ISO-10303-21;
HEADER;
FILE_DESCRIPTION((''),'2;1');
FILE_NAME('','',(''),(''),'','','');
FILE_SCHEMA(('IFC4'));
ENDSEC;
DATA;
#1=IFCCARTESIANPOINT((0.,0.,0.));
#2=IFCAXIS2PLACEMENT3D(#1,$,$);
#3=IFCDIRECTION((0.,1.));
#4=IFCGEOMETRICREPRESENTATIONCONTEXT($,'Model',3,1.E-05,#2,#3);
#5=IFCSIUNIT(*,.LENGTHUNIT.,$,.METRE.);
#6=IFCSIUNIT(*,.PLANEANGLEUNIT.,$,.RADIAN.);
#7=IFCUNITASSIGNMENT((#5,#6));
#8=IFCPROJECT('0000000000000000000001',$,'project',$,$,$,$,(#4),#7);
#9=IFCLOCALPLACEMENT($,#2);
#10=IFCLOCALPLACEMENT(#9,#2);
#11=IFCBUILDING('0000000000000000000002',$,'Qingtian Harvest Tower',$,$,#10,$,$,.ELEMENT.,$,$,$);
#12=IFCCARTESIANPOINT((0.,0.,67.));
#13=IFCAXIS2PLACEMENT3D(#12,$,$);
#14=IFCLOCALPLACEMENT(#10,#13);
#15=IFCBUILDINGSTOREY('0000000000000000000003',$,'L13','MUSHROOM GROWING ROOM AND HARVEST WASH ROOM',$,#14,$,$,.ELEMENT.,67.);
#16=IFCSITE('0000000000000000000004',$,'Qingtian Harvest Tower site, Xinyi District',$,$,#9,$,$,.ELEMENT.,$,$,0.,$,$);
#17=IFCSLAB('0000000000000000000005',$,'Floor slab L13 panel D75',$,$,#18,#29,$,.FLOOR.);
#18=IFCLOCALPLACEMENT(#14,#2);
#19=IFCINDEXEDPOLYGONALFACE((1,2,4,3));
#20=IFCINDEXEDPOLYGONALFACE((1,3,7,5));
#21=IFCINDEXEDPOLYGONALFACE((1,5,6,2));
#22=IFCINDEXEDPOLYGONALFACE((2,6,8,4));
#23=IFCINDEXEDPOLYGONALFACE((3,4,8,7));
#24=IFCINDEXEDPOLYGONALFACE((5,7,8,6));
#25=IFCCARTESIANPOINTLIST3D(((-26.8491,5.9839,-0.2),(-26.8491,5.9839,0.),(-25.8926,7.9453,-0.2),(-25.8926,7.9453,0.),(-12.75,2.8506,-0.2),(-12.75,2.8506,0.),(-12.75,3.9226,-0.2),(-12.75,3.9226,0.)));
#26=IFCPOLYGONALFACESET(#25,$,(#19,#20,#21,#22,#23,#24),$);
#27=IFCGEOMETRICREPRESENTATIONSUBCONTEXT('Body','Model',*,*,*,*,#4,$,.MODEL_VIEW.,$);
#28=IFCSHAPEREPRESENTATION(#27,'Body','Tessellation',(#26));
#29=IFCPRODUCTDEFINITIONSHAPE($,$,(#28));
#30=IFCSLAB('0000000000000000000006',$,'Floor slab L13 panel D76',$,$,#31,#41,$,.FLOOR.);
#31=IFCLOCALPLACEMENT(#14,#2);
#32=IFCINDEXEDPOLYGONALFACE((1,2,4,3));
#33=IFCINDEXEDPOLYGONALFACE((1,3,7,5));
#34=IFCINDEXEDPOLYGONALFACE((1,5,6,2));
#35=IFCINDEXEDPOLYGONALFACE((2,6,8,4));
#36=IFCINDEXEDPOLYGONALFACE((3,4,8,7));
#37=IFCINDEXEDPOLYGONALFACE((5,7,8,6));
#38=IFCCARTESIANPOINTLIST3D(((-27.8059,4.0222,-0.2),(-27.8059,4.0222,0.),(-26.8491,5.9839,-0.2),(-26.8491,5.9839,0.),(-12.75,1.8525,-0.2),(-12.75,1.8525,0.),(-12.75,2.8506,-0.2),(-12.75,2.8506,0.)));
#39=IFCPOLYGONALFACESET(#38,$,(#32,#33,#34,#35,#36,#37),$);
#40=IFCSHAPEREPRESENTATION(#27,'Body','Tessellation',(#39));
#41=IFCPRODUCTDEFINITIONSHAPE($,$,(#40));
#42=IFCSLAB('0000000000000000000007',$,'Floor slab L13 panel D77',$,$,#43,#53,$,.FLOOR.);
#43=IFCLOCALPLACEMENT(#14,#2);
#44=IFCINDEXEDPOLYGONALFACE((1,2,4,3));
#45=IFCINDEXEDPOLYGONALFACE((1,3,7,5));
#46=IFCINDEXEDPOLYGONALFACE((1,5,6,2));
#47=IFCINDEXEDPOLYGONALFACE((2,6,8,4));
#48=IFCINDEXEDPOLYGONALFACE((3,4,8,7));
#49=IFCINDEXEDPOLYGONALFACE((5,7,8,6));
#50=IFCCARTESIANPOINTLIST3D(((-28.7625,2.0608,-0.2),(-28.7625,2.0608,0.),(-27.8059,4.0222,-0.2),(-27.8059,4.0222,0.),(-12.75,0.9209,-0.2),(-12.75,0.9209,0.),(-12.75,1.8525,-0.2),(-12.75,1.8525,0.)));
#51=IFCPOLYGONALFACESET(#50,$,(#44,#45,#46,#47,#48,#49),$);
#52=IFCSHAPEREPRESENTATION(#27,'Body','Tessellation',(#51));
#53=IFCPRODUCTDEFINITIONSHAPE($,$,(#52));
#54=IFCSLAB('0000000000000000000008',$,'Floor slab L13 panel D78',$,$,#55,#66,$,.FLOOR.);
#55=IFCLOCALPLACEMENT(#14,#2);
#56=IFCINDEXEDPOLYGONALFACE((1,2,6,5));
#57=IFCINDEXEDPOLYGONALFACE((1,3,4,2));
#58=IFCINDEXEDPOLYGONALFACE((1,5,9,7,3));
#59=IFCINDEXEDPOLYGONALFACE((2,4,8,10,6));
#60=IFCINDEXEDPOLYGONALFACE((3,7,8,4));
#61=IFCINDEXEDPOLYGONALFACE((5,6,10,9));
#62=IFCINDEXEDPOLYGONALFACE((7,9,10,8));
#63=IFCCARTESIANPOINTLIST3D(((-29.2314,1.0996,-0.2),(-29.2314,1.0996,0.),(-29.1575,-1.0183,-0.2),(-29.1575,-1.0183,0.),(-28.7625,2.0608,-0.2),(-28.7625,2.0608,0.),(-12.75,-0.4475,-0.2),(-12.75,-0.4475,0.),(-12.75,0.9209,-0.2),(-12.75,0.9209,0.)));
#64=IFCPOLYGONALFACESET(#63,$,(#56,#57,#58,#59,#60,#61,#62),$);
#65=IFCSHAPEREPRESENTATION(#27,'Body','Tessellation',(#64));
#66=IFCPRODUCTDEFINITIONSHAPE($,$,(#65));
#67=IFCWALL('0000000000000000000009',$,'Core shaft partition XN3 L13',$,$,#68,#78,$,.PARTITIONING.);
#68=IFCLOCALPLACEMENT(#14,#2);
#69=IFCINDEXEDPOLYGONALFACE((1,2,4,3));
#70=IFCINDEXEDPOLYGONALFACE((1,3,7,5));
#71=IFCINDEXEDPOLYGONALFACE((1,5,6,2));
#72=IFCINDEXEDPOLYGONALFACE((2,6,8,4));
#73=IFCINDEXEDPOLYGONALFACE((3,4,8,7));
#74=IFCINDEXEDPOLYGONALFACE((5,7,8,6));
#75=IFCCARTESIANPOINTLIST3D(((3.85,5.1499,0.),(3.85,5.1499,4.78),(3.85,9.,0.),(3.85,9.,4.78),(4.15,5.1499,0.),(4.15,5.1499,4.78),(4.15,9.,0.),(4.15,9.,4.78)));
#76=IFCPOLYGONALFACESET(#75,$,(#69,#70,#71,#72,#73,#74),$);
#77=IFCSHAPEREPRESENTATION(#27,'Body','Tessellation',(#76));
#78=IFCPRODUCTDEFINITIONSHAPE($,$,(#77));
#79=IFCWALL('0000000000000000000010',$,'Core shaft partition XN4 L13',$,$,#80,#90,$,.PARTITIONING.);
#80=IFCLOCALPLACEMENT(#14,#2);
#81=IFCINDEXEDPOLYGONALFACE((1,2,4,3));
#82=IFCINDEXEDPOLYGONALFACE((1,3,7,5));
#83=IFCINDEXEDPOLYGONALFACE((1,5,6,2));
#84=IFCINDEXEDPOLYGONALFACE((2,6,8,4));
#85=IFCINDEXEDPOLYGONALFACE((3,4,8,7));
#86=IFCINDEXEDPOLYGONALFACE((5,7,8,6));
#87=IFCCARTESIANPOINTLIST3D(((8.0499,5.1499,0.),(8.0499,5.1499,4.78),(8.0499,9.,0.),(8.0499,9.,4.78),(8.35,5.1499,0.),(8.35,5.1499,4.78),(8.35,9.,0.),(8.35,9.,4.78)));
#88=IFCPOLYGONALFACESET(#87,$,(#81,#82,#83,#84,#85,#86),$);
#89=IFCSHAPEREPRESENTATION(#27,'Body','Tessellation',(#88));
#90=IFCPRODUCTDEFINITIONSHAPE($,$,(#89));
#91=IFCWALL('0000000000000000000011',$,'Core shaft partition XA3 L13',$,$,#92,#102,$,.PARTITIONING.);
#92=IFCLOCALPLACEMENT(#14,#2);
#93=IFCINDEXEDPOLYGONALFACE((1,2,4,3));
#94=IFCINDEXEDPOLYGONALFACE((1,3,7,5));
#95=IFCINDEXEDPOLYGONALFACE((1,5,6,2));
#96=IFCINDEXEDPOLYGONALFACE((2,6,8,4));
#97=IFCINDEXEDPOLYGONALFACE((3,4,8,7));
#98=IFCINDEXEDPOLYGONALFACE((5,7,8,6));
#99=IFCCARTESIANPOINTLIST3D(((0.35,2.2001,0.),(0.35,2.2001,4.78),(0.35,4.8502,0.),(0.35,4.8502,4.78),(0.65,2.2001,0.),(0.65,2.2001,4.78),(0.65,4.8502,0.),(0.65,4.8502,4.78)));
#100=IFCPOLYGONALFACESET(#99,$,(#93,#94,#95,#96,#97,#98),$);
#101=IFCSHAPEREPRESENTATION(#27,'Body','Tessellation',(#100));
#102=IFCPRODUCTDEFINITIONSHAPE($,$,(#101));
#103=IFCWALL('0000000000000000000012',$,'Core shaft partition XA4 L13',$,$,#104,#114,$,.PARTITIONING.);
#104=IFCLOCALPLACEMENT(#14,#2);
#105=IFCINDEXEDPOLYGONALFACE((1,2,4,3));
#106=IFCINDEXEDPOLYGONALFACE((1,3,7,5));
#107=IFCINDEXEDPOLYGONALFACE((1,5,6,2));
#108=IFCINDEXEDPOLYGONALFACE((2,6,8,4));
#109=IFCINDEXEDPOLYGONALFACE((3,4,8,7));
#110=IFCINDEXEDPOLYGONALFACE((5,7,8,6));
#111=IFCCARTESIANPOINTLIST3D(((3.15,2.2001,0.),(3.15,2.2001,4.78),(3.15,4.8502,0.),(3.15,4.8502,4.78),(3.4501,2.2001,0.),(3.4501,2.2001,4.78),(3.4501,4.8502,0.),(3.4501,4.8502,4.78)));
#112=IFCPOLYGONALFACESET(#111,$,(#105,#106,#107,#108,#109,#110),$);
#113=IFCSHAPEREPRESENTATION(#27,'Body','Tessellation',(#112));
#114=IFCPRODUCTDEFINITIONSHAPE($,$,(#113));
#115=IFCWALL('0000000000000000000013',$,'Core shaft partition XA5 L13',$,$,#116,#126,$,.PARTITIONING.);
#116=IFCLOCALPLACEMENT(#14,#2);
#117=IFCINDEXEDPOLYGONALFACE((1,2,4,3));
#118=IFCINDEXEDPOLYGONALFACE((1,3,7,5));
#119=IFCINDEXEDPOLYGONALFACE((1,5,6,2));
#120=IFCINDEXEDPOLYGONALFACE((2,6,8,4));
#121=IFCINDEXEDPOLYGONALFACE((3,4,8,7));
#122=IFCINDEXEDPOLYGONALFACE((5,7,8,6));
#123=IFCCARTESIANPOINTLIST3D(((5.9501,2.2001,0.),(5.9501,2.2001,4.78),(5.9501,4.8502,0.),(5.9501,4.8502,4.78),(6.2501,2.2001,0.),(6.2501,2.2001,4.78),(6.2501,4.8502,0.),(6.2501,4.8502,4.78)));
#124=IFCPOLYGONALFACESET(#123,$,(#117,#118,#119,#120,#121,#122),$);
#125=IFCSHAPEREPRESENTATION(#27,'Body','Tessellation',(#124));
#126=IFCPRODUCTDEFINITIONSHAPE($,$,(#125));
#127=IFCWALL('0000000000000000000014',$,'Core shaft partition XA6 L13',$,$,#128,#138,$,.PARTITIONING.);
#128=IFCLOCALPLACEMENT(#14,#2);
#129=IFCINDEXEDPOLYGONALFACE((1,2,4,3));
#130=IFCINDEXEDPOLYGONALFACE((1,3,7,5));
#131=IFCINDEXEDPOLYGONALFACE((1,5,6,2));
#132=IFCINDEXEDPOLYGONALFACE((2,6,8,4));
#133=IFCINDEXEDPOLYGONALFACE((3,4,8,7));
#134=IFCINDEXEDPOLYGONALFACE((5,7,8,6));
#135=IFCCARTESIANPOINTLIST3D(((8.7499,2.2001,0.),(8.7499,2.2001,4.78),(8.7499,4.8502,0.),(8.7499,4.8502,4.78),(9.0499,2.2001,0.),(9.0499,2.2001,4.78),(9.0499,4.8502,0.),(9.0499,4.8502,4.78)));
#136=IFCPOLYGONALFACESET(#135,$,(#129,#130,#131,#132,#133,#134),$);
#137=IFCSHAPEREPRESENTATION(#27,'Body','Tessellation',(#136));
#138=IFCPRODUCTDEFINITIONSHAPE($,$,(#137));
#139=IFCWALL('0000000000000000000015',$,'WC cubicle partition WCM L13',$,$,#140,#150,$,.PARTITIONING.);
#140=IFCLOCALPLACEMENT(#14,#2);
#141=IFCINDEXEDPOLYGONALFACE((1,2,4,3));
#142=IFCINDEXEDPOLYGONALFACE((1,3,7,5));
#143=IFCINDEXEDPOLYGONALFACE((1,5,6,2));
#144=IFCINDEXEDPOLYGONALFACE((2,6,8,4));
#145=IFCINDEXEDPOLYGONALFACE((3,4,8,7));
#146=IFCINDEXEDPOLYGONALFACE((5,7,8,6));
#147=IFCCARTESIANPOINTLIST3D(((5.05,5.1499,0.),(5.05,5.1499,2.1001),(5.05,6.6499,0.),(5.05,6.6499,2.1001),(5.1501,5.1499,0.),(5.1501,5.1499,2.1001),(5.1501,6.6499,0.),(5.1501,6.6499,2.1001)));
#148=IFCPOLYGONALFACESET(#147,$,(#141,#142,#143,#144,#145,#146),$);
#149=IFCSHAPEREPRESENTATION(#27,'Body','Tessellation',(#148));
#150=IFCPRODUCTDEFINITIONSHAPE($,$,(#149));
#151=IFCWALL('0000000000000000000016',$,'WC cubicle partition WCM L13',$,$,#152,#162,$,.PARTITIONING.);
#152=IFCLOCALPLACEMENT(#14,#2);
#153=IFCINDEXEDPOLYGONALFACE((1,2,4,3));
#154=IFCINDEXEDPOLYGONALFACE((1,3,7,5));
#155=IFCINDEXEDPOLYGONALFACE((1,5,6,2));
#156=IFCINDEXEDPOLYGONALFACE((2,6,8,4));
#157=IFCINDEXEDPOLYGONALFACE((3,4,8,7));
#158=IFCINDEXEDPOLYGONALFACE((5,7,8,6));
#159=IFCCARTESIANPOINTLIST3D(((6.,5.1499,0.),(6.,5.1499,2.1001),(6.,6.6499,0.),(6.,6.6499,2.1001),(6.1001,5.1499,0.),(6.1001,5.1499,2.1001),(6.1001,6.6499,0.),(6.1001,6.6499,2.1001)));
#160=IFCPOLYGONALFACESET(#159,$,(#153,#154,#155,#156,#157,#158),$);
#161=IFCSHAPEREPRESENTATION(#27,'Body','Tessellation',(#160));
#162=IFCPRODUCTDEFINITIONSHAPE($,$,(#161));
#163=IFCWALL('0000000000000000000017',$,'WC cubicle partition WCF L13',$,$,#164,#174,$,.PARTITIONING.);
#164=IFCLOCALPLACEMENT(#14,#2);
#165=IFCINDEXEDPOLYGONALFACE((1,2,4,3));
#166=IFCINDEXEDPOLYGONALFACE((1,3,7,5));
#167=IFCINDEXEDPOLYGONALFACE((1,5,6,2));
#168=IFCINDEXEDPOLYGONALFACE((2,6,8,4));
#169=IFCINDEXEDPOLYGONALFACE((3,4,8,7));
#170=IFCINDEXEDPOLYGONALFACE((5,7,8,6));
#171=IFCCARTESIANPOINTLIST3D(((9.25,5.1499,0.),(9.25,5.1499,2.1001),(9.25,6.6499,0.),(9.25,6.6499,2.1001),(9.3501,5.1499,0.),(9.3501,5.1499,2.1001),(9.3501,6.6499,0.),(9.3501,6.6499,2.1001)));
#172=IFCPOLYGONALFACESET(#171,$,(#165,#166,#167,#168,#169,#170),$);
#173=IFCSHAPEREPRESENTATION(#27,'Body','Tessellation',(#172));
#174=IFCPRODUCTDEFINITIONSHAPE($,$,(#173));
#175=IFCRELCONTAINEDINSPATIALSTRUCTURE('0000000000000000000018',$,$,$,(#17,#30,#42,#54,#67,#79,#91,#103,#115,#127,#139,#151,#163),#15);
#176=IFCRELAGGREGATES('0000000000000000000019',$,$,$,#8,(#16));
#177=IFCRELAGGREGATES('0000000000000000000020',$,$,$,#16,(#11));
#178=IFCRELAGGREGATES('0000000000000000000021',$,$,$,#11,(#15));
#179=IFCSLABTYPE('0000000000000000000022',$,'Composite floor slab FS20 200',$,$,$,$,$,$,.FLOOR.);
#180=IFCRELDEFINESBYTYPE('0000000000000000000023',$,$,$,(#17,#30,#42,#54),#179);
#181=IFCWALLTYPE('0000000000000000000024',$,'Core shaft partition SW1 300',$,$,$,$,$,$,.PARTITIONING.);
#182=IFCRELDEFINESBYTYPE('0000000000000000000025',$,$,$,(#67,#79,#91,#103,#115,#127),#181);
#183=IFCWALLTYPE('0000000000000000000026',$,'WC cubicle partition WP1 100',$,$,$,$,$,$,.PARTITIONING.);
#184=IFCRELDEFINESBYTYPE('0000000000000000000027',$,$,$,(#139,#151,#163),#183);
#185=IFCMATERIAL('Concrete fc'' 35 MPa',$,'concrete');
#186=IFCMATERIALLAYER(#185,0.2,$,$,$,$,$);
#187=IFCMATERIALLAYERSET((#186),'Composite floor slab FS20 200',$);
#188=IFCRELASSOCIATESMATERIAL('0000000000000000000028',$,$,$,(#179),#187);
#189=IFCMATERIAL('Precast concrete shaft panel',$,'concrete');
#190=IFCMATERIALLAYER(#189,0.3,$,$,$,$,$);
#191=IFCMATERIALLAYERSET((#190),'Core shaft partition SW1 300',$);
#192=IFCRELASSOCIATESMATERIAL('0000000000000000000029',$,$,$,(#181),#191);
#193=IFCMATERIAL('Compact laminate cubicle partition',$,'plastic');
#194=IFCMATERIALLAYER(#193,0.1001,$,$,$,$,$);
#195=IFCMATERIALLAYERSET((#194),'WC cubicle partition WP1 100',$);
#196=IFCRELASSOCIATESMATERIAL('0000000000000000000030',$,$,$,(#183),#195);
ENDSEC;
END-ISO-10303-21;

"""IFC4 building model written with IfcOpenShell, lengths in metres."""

from ifc_helpers import new_model, si_unit, direction, frame, frame_2d, origin, place, context, subcontext, project, spatial, polyline, rectangle, outline, extrude, material, layer, layer_set, type_object, element, save


model = new_model("IFC4")

# Units and contexts
model_context = context("Model", 3, precision=1e-05, world=origin(), true_north=direction((0.0, 1.0)))
body_context = subcontext(model_context, "Body", "Model", "MODEL_VIEW")
ifc_project = project(units=[si_unit("LENGTHUNIT", "METRE"), si_unit("PLANEANGLEUNIT", "RADIAN")], contexts=[model_context])

# Site, building, storey
site_placement = place(None, origin())
site = spatial("IfcSite", under=ifc_project, at=site_placement, Name="Qingtian Harvest Tower site, Xinyi District", CompositionType="ELEMENT", RefElevation=0.0)
building_placement = place(site_placement, origin())
building = spatial("IfcBuilding", under=site, at=building_placement, Name="Qingtian Harvest Tower", CompositionType="ELEMENT")
storey_placement = place(building_placement, frame((0.0, 0.0, 67.0)))
storey = spatial("IfcBuildingStorey", under=building, at=storey_placement, Name="L13", Description="MUSHROOM GROWING ROOM AND HARVEST WASH ROOM", CompositionType="ELEMENT", Elevation=67.0)

# Slabs
ifc_material_1 = material(Name="Concrete fc' 35 MPa", Category="concrete")
ifc_layer_1 = layer(ifc_material_1, 0.2)
ifc_layer_set_1 = layer_set([ifc_layer_1], Name="Composite floor slab FS20 200")
slab_type = type_object("IfcSlabType", Name="Composite floor slab FS20 200", PredefinedType="FLOOR", material=ifc_layer_set_1)
slab_1_placement = place(storey_placement, frame((0.0, 0.0, -0.2)))
element("IfcSlab", 1, at=slab_1_placement, inside=storey, type_object=slab_type, Name="Floor slab L13 panel D75", PredefinedType="FLOOR", context=body_context, shape_type="SweptSolid", body=[
    extrude(outline(polyline([(-12.75, 2.8506), (-26.8491, 5.9839), (-25.8926, 7.9453), (-12.75, 3.9226), (-12.75, 2.8506)])), origin(), (0.0, 0.0, 1.0), 0.2),
])
slab_2_placement = place(storey_placement, frame((0.0, 0.0, -0.2)))
element("IfcSlab", 2, at=slab_2_placement, inside=storey, type_object=slab_type, Name="Floor slab L13 panel D76", PredefinedType="FLOOR", context=body_context, shape_type="SweptSolid", body=[
    extrude(outline(polyline([(-12.75, 1.8525), (-27.8059, 4.0222), (-26.8491, 5.9839), (-12.75, 2.8506), (-12.75, 1.8525)])), origin(), (0.0, 0.0, 1.0), 0.2),
])
slab_3_placement = place(storey_placement, frame((0.0, 0.0, -0.2)))
element("IfcSlab", 3, at=slab_3_placement, inside=storey, type_object=slab_type, Name="Floor slab L13 panel D77", PredefinedType="FLOOR", context=body_context, shape_type="SweptSolid", body=[
    extrude(outline(polyline([(-12.75, 0.9209), (-28.7625, 2.0608), (-27.8059, 4.0222), (-12.75, 1.8525), (-12.75, 0.9209)])), origin(), (0.0, 0.0, 1.0), 0.2),
])
slab_4_placement = place(storey_placement, frame((0.0, 0.0, -0.2)))
element("IfcSlab", 4, at=slab_4_placement, inside=storey, type_object=slab_type, Name="Floor slab L13 panel D78", PredefinedType="FLOOR", context=body_context, shape_type="SweptSolid", body=[
    extrude(outline(polyline([(-12.75, 0.9209), (-12.75, -0.4475), (-29.1575, -1.0183), (-29.2314, 1.0996), (-28.7625, 2.0608), (-12.75, 0.9209)])), origin(), (0.0, 0.0, 1.0), 0.2),
])

# Shared definitions
ifc_material_2 = material(Name="Precast concrete shaft panel", Category="concrete")
ifc_layer_2 = layer(ifc_material_2, 0.3)
ifc_layer_set_2 = layer_set([ifc_layer_2], Name="Core shaft partition SW1 300")
wall_type_1 = type_object("IfcWallType", Name="Core shaft partition SW1 300", PredefinedType="PARTITIONING", material=ifc_layer_set_2)

# Walls
for number, where, z_axis, x_axis, name in (
    (5, (4.0, 5.1499, 0.0), (0.0, 0.0, 1.0), (0.0, 1.0, 0.0), "Core shaft partition XN3 L13"),
    (6, (8.2, 5.1499, 0.0), (0.0, 0.0, 1.0), (0.0, 1.0, 0.0), "Core shaft partition XN4 L13"),
):
    element("IfcWall", number, at=place(storey_placement, frame(where, z_axis=z_axis, x_axis=x_axis)), inside=storey, type_object=wall_type_1, Name=name, PredefinedType="PARTITIONING", context=body_context, shape_type="SweptSolid", body=[
        extrude(rectangle(XDim=3.8501, YDim=0.3, at=frame_2d((1.925, 0.0))), origin(), (0.0, 0.0, 1.0), 4.78),
    ])
for number, where, z_axis, x_axis, name in (
    (7, (0.5, 2.2, 0.0), (0.0, 0.0, 1.0), (0.0, 1.0, 0.0), "Core shaft partition XA3 L13"),
    (8, (3.3, 2.2, 0.0), (0.0, 0.0, 1.0), (0.0, 1.0, 0.0), "Core shaft partition XA4 L13"),
    (9, (6.1001, 2.2, 0.0), (0.0, 0.0, 1.0), (0.0, 1.0, 0.0), "Core shaft partition XA5 L13"),
    (10, (8.8999, 2.2, 0.0), (0.0, 0.0, 1.0), (0.0, 1.0, 0.0), "Core shaft partition XA6 L13"),
):
    element("IfcWall", number, at=place(storey_placement, frame(where, z_axis=z_axis, x_axis=x_axis)), inside=storey, type_object=wall_type_1, Name=name, PredefinedType="PARTITIONING", context=body_context, shape_type="SweptSolid", body=[
        extrude(rectangle(XDim=2.6501, YDim=0.3, at=frame_2d((1.3252, 0.0))), origin(), (0.0, 0.0, 1.0), 4.78),
    ])

# Walls
ifc_material_3 = material(Name="Compact laminate cubicle partition", Category="plastic")
ifc_layer_3 = layer(ifc_material_3, 0.1001)
ifc_layer_set_3 = layer_set([ifc_layer_3], Name="WC cubicle partition WP1 100")
wall_type_2 = type_object("IfcWallType", Name="WC cubicle partition WP1 100", PredefinedType="PARTITIONING", material=ifc_layer_set_3)
for number, where, z_axis, x_axis, name in (
    (11, (5.1001, 5.1499, 0.0), (0.0, 0.0, 1.0), (0.0, 1.0, 0.0), "WC cubicle partition WCM L13"),
    (12, (6.05, 5.1499, 0.0), (0.0, 0.0, 1.0), (0.0, 1.0, 0.0), "WC cubicle partition WCM L13"),
    (13, (9.3, 5.1499, 0.0), (0.0, 0.0, 1.0), (0.0, 1.0, 0.0), "WC cubicle partition WCF L13"),
):
    element("IfcWall", number, at=place(storey_placement, frame(where, z_axis=z_axis, x_axis=x_axis)), inside=storey, type_object=wall_type_2, Name=name, PredefinedType="PARTITIONING", context=body_context, shape_type="SweptSolid", body=[
        extrude(rectangle(XDim=1.5, YDim=0.1001, at=frame_2d((0.75, 0.0))), origin(), (0.0, 0.0, 1.0), 2.1001),
    ])

save(model, "model.ifc")
